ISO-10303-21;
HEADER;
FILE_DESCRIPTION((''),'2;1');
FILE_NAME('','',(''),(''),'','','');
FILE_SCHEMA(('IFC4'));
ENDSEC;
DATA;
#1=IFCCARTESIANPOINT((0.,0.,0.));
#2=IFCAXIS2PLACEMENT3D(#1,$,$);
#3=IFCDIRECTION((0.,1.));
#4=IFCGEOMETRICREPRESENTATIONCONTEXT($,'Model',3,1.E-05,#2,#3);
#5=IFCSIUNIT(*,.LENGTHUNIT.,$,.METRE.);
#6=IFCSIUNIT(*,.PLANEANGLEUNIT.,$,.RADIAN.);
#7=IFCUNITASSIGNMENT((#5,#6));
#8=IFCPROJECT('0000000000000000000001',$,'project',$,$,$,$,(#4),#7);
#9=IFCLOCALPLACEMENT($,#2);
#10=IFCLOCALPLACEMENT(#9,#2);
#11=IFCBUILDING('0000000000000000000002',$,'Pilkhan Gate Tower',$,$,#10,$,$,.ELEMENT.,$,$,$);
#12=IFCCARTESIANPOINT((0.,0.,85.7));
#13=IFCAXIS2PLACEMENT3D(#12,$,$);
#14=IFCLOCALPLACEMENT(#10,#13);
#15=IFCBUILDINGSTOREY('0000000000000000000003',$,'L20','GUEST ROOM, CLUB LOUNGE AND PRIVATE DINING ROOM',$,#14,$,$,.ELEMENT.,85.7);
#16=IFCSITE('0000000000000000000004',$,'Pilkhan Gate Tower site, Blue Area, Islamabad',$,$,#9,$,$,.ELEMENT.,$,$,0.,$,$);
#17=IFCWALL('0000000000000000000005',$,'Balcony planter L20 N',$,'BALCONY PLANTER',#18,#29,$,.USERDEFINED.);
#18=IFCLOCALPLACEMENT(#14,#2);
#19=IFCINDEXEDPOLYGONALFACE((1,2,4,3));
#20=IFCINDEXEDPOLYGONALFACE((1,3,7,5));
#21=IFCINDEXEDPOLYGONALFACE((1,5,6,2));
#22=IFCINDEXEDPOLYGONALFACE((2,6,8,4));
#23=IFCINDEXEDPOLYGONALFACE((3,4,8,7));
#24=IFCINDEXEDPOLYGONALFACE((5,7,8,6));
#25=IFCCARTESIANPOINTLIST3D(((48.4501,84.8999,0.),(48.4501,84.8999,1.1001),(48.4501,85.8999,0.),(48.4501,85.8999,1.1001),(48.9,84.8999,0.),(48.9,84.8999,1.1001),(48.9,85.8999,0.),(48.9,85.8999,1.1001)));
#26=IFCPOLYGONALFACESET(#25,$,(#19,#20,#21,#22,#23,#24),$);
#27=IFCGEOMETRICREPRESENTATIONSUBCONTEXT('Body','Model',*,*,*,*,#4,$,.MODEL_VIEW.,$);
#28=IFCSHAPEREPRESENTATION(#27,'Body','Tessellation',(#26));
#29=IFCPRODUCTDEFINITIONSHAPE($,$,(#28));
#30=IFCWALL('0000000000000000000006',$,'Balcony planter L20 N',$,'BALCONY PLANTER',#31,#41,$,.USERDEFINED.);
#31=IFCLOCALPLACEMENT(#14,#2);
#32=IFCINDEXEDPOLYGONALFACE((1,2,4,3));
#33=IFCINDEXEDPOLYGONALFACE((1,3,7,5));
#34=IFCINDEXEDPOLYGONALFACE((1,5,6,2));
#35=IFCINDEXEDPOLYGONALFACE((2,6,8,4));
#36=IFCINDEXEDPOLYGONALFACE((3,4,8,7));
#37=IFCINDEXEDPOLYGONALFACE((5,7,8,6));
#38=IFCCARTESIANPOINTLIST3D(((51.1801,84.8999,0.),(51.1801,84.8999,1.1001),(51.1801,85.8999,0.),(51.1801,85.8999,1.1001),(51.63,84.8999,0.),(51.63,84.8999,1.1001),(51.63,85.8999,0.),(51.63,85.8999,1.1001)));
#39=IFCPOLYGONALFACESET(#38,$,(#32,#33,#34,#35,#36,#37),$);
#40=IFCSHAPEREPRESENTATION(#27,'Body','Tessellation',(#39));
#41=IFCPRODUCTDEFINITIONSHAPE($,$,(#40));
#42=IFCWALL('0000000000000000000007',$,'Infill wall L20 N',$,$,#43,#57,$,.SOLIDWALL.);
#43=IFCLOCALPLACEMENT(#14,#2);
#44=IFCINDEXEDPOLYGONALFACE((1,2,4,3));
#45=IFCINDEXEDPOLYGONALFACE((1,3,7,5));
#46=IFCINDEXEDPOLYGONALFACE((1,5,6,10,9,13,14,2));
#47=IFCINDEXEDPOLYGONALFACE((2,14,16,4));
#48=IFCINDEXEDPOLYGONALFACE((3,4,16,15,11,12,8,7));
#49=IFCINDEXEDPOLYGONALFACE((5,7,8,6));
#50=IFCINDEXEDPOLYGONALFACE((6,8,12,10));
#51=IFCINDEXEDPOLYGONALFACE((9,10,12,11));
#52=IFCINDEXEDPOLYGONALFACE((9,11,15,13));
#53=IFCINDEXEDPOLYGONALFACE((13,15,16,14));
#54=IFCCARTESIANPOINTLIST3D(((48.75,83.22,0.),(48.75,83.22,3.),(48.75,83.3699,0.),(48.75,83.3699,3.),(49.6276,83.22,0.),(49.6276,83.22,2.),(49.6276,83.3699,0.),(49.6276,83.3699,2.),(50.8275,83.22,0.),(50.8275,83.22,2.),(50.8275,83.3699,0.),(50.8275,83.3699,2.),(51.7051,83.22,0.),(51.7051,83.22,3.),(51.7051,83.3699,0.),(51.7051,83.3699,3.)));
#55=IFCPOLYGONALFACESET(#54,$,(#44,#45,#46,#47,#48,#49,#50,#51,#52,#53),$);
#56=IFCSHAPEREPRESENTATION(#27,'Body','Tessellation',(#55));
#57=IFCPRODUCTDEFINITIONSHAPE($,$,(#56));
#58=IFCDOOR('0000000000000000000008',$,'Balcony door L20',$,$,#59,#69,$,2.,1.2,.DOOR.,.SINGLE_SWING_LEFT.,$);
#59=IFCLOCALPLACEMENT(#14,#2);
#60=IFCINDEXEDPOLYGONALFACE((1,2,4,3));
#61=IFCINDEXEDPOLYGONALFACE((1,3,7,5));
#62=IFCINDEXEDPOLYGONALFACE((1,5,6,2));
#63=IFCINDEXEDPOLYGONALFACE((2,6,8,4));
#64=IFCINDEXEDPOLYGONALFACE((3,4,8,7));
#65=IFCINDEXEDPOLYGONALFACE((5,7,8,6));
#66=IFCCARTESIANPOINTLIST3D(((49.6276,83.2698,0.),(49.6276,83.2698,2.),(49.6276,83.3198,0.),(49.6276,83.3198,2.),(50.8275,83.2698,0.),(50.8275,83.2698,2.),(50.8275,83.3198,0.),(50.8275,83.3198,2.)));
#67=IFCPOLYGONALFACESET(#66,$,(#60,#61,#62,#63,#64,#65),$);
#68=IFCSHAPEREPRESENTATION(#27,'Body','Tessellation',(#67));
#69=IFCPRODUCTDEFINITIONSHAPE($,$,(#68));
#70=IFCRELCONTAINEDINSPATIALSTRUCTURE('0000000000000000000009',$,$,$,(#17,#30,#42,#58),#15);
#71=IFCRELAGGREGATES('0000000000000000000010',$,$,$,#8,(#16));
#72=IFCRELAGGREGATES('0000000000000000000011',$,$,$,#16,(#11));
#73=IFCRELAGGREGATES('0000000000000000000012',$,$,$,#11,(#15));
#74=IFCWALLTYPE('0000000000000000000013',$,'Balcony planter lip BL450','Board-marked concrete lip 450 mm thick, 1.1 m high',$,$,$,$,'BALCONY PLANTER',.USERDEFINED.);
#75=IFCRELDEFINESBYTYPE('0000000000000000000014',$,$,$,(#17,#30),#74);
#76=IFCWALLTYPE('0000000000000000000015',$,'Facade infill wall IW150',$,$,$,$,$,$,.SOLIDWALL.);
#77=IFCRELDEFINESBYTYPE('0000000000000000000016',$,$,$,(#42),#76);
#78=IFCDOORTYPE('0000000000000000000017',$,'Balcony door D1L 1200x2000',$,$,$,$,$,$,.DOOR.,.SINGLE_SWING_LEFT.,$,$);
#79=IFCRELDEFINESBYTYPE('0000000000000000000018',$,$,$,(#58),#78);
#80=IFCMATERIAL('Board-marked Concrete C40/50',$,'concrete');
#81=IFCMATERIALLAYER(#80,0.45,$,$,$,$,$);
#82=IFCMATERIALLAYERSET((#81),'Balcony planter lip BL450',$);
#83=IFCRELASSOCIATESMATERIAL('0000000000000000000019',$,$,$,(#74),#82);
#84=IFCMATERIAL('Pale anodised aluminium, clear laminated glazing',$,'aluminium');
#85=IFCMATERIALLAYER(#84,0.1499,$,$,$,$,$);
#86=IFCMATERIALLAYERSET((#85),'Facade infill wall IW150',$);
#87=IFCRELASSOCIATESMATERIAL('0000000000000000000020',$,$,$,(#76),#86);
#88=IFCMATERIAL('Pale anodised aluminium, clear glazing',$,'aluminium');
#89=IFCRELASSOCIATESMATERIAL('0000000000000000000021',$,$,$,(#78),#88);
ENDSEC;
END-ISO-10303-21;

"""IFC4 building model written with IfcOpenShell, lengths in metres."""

from ifc_helpers import new_model, si_unit, direction, frame, frame_2d, origin, place, context, subcontext, project, spatial, rectangle, extrude, material, layer, layer_set, type_object, element, fill, save


model = new_model("IFC4")

# Units and contexts
model_context = context("Model", 3, precision=1e-05, world=origin(), true_north=direction((0.0, 1.0)))
body_context = subcontext(model_context, "Body", "Model", "MODEL_VIEW")
ifc_project = project(units=[si_unit("LENGTHUNIT", "METRE"), si_unit("PLANEANGLEUNIT", "RADIAN")], contexts=[model_context])

# Site, building, storey
site_placement = place(None, origin())
site = spatial("IfcSite", under=ifc_project, at=site_placement, Name="Pilkhan Gate Tower site, Blue Area, Islamabad", CompositionType="ELEMENT", RefElevation=0.0)
building_placement = place(site_placement, origin())
building = spatial("IfcBuilding", under=site, at=building_placement, Name="Pilkhan Gate Tower", CompositionType="ELEMENT")
storey_placement = place(building_placement, frame((0.0, 0.0, 85.7)))
storey = spatial("IfcBuildingStorey", under=building, at=storey_placement, Name="L20", Description="GUEST ROOM, CLUB LOUNGE AND PRIVATE DINING ROOM", CompositionType="ELEMENT", Elevation=85.7)

# Walls
ifc_material_1 = material(Name="Board-marked Concrete C40/50", Category="concrete")
ifc_layer_1 = layer(ifc_material_1, 0.45)
ifc_layer_set_1 = layer_set([ifc_layer_1], Name="Balcony planter lip BL450")
wall_type_1 = type_object("IfcWallType", Name="Balcony planter lip BL450", Description="Board-marked concrete lip 450 mm thick, 1.1 m high", ElementType="BALCONY PLANTER", PredefinedType="USERDEFINED", material=ifc_layer_set_1)
for number, where, z_axis, x_axis, name in (
    (1, (48.675, 84.8999, 0.0), (0.0, 0.0, 1.0), (0.0, 1.0, 0.0), "Balcony planter L20 N"),
    (2, (51.405, 84.8999, 0.0), (0.0, 0.0, 1.0), (0.0, 1.0, 0.0), "Balcony planter L20 N"),
):
    element("IfcWall", number, at=place(storey_placement, frame(where, z_axis=z_axis, x_axis=x_axis)), inside=storey, type_object=wall_type_1, Name=name, ObjectType="BALCONY PLANTER", PredefinedType="USERDEFINED", context=body_context, shape_type="SweptSolid", body=[
        extrude(rectangle(XDim=1.0, YDim=0.45, at=frame_2d((0.5, 0.0))), origin(), (0.0, 0.0, 1.0), 1.1001),
    ])

# Wall, opening, door
ifc_material_2 = material(Name="Pale anodised aluminium, clear laminated glazing", Category="aluminium")
ifc_layer_2 = layer(ifc_material_2, 0.1499)
ifc_layer_set_2 = layer_set([ifc_layer_2], Name="Facade infill wall IW150")
wall_type_2 = type_object("IfcWallType", Name="Facade infill wall IW150", PredefinedType="SOLIDWALL", material=ifc_layer_set_2)
wall_1_placement = place(storey_placement, frame((48.75, 83.2949, 0.0), z_axis=(0.0, 0.0, 1.0), x_axis=(1.0, 0.0, 0.0)))
wall_1 = element("IfcWall", 3, at=wall_1_placement, inside=storey, type_object=wall_type_2, Name="Infill wall L20 N", PredefinedType="SOLIDWALL", context=body_context, shape_type="SweptSolid", body=[
    extrude(rectangle(XDim=2.9551, YDim=0.1499, at=frame_2d((1.4775, 0.0))), origin(), (0.0, 0.0, 1.0), 3.0),
])
opening_placement = place(wall_1_placement, frame((0.8774, 0.0, 0.0)))
opening = element("IfcOpeningElement", 4, at=opening_placement, cuts=wall_1, PredefinedType="OPENING", context=body_context, shape_type="SweptSolid", body=[
    extrude(rectangle(XDim=1.2, YDim=2.0, at=frame_2d((0.6001, 1.0))), frame((0.0, 0.085, 0.0), z_axis=(0.0, -1.0, 0.0), x_axis=(1.0, 0.0, 0.0)), (0.0, 0.0, 1.0), 0.1699),
])
ifc_material_3 = material(Name="Pale anodised aluminium, clear glazing", Category="aluminium")
door_type = type_object("IfcDoorType", Name="Balcony door D1L 1200x2000", OperationType="SINGLE_SWING_LEFT", PredefinedType="DOOR", material=ifc_material_3)
door_placement = place(opening_placement, origin())
door = element("IfcDoor", 5, at=door_placement, inside=storey, type_object=door_type, Name="Balcony door L20", OperationType="SINGLE_SWING_LEFT", OverallHeight=2.0, OverallWidth=1.2, PredefinedType="DOOR", context=body_context, shape_type="SweptSolid", body=[
    extrude(rectangle(XDim=1.2, YDim=2.0, at=frame_2d((0.6001, 1.0))), frame((0.0, 0.0249, 0.0), z_axis=(0.0, -1.0, 0.0), x_axis=(1.0, 0.0, 0.0)), (0.0, 0.0, 1.0), 0.05),
])
fill(opening, door)

save(model, "model.ifc")
